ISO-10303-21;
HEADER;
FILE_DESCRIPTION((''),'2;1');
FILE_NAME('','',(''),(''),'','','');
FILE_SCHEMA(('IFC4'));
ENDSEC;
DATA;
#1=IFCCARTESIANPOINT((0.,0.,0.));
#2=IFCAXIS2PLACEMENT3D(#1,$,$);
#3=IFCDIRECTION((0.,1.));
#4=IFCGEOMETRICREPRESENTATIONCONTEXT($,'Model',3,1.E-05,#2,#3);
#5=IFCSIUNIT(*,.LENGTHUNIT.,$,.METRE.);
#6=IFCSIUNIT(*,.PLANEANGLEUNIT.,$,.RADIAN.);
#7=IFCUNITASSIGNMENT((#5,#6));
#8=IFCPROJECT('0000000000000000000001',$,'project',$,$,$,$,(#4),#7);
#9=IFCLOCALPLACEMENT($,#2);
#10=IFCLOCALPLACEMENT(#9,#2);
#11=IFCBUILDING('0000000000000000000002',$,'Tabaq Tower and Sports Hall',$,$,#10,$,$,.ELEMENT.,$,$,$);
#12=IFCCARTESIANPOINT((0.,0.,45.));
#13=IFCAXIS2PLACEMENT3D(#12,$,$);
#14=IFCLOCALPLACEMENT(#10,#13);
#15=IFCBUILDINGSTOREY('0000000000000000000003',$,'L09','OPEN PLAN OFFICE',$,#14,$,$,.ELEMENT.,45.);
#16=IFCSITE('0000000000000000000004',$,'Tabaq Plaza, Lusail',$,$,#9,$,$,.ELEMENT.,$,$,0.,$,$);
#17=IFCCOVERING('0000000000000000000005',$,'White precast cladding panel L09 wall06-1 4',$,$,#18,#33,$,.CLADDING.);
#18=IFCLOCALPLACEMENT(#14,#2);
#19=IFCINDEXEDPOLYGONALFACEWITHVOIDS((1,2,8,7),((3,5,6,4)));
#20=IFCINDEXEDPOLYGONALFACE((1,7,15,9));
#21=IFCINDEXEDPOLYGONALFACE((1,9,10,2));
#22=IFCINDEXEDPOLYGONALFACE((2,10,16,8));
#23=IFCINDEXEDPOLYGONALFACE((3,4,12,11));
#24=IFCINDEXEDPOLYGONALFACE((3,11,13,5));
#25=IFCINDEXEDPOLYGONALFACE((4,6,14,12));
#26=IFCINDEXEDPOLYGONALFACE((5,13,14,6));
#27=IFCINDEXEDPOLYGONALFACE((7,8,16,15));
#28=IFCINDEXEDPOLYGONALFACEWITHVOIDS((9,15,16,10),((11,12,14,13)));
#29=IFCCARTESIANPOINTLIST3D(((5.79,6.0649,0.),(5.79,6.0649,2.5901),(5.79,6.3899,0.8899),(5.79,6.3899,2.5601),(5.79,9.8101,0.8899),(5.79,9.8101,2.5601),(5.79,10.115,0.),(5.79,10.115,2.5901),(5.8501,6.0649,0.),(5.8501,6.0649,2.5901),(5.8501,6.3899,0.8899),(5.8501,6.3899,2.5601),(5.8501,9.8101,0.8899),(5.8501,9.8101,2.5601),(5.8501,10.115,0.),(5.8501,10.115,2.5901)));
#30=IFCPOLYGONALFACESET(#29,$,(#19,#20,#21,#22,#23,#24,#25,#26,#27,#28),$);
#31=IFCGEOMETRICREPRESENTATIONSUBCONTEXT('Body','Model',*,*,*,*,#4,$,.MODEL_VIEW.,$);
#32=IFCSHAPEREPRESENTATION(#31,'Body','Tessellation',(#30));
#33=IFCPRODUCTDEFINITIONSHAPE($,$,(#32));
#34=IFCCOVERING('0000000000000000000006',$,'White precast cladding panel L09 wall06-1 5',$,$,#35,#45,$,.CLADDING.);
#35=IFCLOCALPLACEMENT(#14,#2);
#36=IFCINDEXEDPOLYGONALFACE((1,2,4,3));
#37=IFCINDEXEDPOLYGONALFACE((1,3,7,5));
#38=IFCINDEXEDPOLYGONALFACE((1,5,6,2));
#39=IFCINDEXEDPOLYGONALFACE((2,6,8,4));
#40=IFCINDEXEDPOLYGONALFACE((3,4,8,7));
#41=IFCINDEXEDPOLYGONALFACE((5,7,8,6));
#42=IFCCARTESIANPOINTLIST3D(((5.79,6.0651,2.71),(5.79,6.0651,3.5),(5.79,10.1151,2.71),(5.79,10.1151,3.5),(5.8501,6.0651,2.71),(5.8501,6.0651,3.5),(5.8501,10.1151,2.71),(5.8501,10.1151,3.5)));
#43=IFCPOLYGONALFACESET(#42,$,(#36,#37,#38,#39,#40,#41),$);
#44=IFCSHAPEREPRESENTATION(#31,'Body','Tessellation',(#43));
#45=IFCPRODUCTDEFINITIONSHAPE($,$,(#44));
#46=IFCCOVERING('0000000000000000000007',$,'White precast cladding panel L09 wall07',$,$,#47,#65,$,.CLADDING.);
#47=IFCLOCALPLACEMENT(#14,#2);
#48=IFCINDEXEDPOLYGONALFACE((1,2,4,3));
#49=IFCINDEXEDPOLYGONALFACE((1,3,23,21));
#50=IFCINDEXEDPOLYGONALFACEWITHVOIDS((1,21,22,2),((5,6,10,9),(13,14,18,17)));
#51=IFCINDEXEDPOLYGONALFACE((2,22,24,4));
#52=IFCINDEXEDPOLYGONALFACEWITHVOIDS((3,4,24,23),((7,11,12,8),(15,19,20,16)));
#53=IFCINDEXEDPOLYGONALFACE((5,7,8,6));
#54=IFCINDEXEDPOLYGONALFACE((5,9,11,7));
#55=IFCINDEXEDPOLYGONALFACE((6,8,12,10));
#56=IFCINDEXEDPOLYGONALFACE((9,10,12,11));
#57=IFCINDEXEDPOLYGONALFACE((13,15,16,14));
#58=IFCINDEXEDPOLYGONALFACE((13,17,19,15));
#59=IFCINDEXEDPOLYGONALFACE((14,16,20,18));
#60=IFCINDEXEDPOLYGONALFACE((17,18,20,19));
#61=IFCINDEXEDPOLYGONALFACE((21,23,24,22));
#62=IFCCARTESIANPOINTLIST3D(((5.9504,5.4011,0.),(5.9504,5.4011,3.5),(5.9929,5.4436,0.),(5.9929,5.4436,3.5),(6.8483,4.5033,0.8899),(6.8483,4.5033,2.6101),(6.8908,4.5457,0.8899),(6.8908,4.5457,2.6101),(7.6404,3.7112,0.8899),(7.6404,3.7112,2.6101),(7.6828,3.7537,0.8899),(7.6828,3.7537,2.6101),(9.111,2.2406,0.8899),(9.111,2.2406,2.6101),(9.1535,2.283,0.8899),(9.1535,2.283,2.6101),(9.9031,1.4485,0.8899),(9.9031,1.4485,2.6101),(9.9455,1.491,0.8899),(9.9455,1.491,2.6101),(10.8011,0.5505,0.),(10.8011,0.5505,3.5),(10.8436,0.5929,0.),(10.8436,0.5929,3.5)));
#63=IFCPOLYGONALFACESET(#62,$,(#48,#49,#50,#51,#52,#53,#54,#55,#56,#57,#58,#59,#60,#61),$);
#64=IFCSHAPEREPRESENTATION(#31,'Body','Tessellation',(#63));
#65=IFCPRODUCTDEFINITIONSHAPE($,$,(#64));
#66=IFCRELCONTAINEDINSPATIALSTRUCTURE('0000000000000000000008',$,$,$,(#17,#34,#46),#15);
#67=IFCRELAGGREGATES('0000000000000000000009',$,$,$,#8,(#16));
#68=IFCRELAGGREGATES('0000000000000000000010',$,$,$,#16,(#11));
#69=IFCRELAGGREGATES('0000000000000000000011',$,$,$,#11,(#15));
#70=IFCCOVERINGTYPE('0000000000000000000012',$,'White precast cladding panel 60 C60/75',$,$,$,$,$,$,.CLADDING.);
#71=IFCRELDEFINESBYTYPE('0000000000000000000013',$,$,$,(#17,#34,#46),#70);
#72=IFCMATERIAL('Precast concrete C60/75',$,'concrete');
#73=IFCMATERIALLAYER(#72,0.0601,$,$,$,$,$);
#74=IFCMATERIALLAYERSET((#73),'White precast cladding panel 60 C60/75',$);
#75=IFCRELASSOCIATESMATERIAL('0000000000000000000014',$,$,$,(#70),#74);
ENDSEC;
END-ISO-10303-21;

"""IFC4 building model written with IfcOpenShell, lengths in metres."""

from ifc_helpers import new_model, si_unit, direction, frame, frame_2d, origin, place, context, subcontext, project, spatial, polyline, rectangle, outline, extrude, material, layer, layer_set, type_object, element, save


model = new_model("IFC4")

# Units and contexts
model_context = context("Model", 3, precision=1e-05, world=origin(), true_north=direction((0.0, 1.0)))
body_context = subcontext(model_context, "Body", "Model", "MODEL_VIEW")
ifc_project = project(units=[si_unit("LENGTHUNIT", "METRE"), si_unit("PLANEANGLEUNIT", "RADIAN")], contexts=[model_context])

# Site, building, storey
site_placement = place(None, origin())
site = spatial("IfcSite", under=ifc_project, at=site_placement, Name="Tabaq Plaza, Lusail", CompositionType="ELEMENT", RefElevation=0.0)
building_placement = place(site_placement, origin())
building = spatial("IfcBuilding", under=site, at=building_placement, Name="Tabaq Tower and Sports Hall", CompositionType="ELEMENT")
storey_placement = place(building_placement, frame((0.0, 0.0, 45.0)))
storey = spatial("IfcBuildingStorey", under=building, at=storey_placement, Name="L09", Description="OPEN PLAN OFFICE", CompositionType="ELEMENT", Elevation=45.0)

# Coverings
ifc_material_1 = material(Name="Precast concrete C60/75", Category="concrete")
ifc_layer_1 = layer(ifc_material_1, 0.0601)
ifc_layer_set_1 = layer_set([ifc_layer_1], Name="White precast cladding panel 60 C60/75")
covering_type_1 = type_object("IfcCoveringType", Name="White precast cladding panel 60 C60/75", PredefinedType="CLADDING", material=ifc_layer_set_1)
covering_1_placement = place(storey_placement, frame((5.8201, 10.115, 0.0), z_axis=(0.0, 0.0, 1.0), x_axis=(0.0, -1.0, 0.0)))
element("IfcCovering", 1, at=covering_1_placement, inside=storey, type_object=covering_type_1, Name="White precast cladding panel L09 wall06-1 4", PredefinedType="CLADDING", context=body_context, shape_type="SweptSolid", body=[
    extrude(outline(polyline([(0.0, 0.0), (4.05, 0.0), (4.05, 2.5901), (0.0, 2.5901), (0.0, 0.0)]), holes=[polyline([(3.7251, 0.8899), (0.3049, 0.8899), (0.3049, 2.5601), (3.7251, 2.5601), (3.7251, 0.8899)])]), frame((0.0, 0.03, 0.0), z_axis=(0.0, -1.0, 0.0), x_axis=(1.0, 0.0, 0.0)), (0.0, 0.0, 1.0), 0.0601),
])
covering_2_placement = place(storey_placement, frame((5.8201, 10.115, 2.71), z_axis=(0.0, 0.0, 1.0), x_axis=(0.0, -1.0, 0.0)))
element("IfcCovering", 2, at=covering_2_placement, inside=storey, type_object=covering_type_1, Name="White precast cladding panel L09 wall06-1 5", PredefinedType="CLADDING", context=body_context, shape_type="SweptSolid", body=[
    extrude(rectangle(XDim=4.05, YDim=0.0601, at=frame_2d((2.0249, 0.0))), origin(), (0.0, 0.0, 1.0), 0.79),
])
covering_3_placement = place(storey_placement, frame((5.9717, 5.4224, 0.0), z_axis=(0.0, 0.0, 1.0), x_axis=(0.707107, -0.707107, 0.0)))
element("IfcCovering", 3, at=covering_3_placement, inside=storey, type_object=covering_type_1, Name="White precast cladding panel L09 wall07", PredefinedType="CLADDING", context=body_context, shape_type="SweptSolid", body=[
    extrude(outline(polyline([(0.0, 0.0), (6.8599, 0.0), (6.8599, 3.5), (0.0, 3.5), (0.0, 0.0)]), holes=[polyline([(1.2698, 2.6101), (2.3899, 2.6101), (2.3899, 0.8899), (1.2698, 0.8899), (1.2698, 2.6101)]), polyline([(4.4697, 2.6101), (5.5898, 2.6101), (5.5898, 0.8899), (4.4697, 0.8899), (4.4697, 2.6101)])]), frame((0.0, 0.03, 0.0), z_axis=(0.0, -1.0, 0.0), x_axis=(1.0, 0.0, 0.0)), (0.0, 0.0, 1.0), 0.0601),
])

save(model, "model.ifc")
